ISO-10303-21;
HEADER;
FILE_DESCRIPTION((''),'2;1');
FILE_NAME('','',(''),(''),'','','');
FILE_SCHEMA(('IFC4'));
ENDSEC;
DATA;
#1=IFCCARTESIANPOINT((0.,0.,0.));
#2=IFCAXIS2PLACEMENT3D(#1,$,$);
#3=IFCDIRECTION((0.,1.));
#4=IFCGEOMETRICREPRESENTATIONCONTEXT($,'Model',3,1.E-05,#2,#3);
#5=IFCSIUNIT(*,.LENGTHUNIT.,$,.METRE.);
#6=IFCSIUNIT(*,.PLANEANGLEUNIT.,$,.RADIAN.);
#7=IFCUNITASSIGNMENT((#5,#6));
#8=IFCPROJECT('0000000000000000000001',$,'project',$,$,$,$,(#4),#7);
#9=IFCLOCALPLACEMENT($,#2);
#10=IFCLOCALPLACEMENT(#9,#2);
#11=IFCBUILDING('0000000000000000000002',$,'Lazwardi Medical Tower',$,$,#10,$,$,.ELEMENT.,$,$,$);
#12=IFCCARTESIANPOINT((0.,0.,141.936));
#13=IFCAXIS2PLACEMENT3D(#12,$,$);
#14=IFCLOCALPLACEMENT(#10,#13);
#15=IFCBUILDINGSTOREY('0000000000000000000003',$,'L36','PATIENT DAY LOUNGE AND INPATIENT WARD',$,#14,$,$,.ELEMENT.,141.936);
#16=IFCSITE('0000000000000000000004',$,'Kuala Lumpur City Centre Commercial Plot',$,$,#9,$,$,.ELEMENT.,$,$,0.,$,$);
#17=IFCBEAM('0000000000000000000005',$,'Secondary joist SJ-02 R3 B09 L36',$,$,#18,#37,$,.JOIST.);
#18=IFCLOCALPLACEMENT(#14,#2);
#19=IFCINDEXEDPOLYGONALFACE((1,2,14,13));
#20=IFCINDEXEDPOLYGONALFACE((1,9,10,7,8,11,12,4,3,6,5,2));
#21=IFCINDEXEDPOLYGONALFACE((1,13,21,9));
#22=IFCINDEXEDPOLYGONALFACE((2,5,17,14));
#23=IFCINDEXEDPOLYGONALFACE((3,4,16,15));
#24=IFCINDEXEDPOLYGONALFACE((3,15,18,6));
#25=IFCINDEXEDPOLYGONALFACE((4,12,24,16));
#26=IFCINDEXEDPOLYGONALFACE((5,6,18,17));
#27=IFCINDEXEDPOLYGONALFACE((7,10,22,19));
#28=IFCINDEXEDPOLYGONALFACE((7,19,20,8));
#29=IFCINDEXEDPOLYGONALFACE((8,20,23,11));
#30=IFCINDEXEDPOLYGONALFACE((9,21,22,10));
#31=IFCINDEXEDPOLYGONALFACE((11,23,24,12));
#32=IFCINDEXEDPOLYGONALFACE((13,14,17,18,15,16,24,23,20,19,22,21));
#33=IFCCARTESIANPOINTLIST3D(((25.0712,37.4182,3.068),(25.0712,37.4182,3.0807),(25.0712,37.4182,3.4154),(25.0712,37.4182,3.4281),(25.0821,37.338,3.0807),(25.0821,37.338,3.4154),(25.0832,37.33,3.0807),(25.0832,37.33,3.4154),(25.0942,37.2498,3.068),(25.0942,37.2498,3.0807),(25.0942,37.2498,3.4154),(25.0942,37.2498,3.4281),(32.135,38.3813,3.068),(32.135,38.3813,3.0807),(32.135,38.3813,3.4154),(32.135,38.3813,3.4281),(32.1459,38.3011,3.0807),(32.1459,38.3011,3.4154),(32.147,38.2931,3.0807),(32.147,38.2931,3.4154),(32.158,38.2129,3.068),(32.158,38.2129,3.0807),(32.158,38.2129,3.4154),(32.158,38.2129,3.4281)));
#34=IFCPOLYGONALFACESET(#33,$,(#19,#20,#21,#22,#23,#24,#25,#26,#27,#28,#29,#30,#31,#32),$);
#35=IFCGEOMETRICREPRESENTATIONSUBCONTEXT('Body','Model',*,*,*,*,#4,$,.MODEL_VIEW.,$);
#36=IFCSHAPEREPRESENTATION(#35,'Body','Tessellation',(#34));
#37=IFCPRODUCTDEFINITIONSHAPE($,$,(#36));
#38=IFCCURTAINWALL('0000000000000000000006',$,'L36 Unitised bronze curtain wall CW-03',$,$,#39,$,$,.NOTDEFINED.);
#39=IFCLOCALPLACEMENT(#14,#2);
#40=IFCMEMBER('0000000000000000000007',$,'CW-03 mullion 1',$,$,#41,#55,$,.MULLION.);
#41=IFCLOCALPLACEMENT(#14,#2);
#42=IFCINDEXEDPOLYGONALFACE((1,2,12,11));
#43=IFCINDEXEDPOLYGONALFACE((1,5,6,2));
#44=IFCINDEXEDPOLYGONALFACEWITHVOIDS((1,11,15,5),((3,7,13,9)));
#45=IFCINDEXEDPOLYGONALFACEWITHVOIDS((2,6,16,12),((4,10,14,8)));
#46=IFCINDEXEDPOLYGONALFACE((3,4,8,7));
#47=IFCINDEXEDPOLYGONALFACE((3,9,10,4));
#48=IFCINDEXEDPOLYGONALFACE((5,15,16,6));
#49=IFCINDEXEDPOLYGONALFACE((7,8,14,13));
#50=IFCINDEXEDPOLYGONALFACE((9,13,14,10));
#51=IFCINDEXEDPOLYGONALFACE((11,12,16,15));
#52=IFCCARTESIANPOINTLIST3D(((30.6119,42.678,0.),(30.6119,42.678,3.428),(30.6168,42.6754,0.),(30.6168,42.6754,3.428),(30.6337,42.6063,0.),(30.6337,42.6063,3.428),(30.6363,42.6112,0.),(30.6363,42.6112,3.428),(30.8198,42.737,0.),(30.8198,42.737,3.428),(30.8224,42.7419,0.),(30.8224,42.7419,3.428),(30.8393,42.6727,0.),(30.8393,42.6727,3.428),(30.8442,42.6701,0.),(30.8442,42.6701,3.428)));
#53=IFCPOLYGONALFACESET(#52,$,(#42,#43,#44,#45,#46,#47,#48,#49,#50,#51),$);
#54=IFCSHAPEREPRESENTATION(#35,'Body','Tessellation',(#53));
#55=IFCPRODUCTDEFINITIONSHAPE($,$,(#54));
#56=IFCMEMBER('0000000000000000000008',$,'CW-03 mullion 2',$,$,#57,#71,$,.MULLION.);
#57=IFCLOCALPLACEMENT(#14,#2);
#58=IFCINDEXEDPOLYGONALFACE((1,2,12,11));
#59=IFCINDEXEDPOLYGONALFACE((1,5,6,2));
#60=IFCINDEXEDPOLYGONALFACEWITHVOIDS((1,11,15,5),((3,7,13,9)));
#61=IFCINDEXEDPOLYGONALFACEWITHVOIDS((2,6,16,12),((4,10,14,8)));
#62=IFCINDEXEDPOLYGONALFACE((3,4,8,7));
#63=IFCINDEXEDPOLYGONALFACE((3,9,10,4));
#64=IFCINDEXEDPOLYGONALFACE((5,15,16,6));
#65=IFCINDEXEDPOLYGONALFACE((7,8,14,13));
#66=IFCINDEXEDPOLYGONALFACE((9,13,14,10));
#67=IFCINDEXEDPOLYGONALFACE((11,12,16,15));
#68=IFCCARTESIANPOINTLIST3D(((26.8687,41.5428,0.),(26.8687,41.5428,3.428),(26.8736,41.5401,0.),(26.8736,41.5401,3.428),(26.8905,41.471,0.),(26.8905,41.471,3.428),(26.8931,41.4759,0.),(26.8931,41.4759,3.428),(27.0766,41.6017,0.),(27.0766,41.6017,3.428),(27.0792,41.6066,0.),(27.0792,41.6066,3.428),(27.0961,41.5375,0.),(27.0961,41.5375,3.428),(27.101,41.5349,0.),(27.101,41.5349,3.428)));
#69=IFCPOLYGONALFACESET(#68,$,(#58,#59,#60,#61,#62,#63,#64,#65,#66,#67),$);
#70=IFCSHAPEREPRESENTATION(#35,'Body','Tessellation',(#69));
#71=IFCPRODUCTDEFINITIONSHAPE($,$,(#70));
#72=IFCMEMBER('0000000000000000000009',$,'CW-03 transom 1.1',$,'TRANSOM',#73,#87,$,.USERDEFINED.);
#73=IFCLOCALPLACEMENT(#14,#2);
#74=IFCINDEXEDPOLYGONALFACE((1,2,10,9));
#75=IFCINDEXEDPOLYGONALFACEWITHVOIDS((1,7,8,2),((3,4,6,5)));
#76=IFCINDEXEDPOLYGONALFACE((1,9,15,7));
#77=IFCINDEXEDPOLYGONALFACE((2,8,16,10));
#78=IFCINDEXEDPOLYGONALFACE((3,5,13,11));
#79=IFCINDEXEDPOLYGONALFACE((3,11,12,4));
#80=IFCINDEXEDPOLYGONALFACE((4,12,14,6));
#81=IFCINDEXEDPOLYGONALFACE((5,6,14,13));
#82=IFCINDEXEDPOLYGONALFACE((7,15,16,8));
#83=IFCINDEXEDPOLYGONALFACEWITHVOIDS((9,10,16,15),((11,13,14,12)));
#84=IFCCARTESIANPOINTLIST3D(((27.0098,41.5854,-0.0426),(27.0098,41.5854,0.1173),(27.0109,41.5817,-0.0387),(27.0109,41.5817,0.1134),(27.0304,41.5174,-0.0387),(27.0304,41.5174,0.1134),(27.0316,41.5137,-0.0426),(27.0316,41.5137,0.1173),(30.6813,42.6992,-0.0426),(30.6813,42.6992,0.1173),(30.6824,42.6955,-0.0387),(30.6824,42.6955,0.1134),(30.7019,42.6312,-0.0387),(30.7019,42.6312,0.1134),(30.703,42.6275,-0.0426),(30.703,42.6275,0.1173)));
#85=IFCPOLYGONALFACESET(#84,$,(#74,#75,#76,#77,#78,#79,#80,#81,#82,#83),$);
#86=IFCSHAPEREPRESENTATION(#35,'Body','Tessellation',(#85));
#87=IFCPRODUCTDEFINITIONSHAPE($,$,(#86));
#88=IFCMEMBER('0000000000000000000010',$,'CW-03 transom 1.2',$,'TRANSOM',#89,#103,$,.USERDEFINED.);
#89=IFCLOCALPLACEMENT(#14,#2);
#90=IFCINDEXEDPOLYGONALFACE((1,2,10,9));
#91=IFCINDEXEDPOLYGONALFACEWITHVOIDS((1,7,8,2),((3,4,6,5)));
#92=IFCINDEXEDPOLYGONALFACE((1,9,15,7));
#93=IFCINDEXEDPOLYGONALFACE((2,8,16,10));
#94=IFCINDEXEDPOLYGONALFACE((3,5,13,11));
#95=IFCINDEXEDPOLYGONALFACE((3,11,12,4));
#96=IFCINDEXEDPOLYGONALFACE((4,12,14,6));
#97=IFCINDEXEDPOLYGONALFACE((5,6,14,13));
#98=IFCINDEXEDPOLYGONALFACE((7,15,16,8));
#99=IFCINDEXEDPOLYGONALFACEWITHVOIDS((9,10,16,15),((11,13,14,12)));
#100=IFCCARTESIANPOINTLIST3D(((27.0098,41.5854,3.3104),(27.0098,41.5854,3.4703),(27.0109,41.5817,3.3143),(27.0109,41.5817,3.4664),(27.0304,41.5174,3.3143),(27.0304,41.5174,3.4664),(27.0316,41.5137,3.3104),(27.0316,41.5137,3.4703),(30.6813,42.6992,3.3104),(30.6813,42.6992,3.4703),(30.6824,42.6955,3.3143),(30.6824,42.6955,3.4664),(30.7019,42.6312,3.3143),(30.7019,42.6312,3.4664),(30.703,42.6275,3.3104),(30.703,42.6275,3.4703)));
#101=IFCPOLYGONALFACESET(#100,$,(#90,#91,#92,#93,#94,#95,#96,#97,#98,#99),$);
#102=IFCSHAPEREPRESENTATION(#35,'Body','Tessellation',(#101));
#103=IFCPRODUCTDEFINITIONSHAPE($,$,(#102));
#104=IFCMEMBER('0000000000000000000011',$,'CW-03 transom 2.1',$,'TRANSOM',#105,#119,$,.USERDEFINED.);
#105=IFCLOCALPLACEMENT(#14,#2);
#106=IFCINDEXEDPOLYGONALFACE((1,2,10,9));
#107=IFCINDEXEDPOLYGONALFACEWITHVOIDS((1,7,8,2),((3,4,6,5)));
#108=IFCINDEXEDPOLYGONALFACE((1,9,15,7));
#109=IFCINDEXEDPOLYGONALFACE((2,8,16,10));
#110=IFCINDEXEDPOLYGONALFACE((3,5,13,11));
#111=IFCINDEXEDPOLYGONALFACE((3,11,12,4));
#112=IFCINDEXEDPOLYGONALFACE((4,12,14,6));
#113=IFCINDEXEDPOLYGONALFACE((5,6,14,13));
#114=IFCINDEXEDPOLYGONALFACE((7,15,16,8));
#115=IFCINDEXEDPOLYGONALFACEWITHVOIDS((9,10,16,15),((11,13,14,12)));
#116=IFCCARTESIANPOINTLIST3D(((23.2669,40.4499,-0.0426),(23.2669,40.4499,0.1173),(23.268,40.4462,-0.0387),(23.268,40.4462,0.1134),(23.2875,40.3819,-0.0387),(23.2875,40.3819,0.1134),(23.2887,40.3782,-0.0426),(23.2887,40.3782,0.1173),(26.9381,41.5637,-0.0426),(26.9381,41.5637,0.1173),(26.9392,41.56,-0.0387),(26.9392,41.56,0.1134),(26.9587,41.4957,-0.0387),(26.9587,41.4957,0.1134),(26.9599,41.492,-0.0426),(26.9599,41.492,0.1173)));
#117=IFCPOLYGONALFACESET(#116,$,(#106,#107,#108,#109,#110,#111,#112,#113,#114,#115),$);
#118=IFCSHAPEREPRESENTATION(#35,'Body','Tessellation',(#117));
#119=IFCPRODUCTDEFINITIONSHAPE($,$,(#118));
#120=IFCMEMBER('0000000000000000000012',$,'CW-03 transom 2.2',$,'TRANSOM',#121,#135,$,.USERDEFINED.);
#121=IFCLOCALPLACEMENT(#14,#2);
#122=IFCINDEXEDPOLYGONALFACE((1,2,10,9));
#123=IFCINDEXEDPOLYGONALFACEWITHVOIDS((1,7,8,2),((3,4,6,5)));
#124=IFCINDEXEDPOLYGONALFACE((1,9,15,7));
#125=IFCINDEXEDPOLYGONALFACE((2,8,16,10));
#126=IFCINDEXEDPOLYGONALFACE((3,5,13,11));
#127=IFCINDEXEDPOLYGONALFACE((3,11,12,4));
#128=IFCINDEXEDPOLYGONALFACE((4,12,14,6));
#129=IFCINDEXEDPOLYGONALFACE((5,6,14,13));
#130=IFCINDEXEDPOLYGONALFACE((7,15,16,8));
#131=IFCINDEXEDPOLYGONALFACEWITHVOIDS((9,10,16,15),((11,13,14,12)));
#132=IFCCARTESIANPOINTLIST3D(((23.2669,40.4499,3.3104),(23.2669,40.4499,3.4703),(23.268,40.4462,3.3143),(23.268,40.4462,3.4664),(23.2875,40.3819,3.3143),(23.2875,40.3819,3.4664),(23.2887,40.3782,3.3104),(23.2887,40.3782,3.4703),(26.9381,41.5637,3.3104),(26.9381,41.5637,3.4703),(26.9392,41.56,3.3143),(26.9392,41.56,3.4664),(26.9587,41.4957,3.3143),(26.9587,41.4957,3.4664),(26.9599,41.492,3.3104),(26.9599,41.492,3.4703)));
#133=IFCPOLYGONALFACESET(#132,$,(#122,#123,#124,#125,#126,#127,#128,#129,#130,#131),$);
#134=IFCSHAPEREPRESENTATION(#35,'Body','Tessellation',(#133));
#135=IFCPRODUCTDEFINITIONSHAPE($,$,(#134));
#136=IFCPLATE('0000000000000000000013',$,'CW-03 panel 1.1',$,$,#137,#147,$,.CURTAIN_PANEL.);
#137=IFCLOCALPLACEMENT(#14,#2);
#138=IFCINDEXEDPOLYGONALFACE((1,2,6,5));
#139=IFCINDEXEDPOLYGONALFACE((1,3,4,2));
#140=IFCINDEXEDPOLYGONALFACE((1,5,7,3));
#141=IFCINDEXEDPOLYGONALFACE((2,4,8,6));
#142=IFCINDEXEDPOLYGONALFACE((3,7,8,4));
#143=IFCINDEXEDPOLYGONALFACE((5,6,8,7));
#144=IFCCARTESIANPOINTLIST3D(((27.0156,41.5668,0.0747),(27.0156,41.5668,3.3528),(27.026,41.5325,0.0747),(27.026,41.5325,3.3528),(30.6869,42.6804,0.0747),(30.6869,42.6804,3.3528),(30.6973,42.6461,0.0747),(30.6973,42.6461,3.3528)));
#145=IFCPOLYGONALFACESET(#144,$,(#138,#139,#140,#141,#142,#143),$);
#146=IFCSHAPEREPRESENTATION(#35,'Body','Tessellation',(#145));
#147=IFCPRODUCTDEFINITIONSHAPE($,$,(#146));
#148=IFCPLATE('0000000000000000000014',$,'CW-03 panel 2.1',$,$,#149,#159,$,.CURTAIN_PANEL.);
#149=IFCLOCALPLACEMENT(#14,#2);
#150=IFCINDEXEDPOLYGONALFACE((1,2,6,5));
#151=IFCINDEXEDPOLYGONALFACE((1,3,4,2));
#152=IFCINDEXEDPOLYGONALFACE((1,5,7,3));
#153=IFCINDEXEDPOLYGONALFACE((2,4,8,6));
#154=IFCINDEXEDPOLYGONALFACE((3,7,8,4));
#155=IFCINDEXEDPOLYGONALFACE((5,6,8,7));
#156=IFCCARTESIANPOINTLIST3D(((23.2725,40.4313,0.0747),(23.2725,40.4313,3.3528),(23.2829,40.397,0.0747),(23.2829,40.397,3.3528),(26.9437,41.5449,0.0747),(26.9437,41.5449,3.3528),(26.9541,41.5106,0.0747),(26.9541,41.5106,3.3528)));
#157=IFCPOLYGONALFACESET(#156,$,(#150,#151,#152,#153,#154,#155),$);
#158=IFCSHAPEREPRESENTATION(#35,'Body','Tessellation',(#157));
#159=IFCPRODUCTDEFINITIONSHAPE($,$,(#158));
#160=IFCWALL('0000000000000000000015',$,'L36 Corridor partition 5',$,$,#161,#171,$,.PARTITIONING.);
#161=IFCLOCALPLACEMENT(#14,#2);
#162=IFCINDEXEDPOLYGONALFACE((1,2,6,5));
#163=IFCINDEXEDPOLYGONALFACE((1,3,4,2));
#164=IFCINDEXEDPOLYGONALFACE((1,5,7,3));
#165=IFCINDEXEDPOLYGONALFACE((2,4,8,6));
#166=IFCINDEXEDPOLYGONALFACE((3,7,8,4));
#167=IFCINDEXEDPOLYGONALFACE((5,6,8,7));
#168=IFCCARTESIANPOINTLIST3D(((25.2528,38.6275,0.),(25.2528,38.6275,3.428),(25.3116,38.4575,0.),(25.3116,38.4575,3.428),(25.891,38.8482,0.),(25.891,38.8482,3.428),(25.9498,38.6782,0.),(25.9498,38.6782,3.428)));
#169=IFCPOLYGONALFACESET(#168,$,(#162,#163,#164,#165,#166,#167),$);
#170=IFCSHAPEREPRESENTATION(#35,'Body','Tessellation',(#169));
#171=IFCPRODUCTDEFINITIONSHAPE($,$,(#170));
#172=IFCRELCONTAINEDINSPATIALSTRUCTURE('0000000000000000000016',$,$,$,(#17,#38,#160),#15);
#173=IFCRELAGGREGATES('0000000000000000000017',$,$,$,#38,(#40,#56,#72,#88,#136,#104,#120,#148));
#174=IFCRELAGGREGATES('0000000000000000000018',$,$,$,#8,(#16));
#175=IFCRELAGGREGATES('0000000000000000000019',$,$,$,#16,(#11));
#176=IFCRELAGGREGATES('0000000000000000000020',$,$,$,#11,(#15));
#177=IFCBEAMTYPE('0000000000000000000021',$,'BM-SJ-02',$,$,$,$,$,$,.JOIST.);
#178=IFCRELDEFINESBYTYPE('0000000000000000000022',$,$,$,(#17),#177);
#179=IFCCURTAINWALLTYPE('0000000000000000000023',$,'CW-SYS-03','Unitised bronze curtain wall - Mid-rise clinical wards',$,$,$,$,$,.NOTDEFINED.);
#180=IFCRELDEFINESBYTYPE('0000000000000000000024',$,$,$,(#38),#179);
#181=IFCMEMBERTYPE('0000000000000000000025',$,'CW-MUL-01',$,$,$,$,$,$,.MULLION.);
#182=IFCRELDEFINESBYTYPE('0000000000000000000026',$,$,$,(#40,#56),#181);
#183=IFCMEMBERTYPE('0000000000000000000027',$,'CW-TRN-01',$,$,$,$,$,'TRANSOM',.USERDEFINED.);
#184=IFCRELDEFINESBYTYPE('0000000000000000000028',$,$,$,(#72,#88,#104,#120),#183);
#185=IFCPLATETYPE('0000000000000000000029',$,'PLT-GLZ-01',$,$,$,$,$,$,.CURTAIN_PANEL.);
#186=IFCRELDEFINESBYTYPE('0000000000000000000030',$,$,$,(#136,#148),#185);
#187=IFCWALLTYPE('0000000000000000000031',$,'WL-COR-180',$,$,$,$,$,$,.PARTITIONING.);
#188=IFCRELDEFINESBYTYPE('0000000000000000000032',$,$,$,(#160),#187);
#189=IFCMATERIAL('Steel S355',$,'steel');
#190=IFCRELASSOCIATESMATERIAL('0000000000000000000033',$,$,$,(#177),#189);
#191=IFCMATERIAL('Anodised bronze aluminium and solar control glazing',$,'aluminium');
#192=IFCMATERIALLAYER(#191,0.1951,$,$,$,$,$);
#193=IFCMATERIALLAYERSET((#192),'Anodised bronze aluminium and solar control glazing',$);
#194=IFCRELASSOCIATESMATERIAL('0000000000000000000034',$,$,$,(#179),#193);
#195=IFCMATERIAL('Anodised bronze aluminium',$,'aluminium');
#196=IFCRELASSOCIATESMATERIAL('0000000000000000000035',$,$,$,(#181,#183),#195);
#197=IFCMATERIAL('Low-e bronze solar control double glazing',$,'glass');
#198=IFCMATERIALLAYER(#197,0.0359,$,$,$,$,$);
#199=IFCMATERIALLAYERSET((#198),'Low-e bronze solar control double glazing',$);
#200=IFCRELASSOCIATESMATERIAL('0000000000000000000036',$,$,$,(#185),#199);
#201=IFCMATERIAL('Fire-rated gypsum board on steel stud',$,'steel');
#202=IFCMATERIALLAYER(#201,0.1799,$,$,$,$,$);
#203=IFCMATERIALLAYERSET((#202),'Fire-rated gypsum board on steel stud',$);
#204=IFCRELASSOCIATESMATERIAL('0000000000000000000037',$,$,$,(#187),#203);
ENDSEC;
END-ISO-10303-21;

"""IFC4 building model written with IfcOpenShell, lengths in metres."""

from ifc_helpers import new_model, si_unit, direction, frame, frame_2d, origin, origin_2d, place, context, subcontext, project, spatial, rectangle, hollow_rectangle, i_section, extrude, material, layer, layer_set, material_profile, profile_set, type_object, element, aggregate, save


model = new_model("IFC4")

# Units and contexts
model_context = context("Model", 3, precision=1e-05, world=origin(), true_north=direction((0.0, 1.0)))
body_context = subcontext(model_context, "Body", "Model", "MODEL_VIEW")
ifc_project = project(units=[si_unit("LENGTHUNIT", "METRE"), si_unit("PLANEANGLEUNIT", "RADIAN")], contexts=[model_context])

# Site, building, storey
site_placement = place(None, origin())
site = spatial("IfcSite", under=ifc_project, at=site_placement, Name="Kuala Lumpur City Centre Commercial Plot", CompositionType="ELEMENT", RefElevation=0.0)
building_placement = place(site_placement, origin())
building = spatial("IfcBuilding", under=site, at=building_placement, Name="Lazwardi Medical Tower", CompositionType="ELEMENT")
storey_placement = place(building_placement, frame((0.0, 0.0, 141.936)))
storey = spatial("IfcBuildingStorey", under=building, at=storey_placement, Name="L36", Description="PATIENT DAY LOUNGE AND INPATIENT WARD", CompositionType="ELEMENT", Elevation=141.936)

# Beam
ifc_material_1 = material(Name="Steel S355", Category="steel")
ifc_material_profile_1 = material_profile(ifc_material_1, i_section(OverallWidth=0.1699, OverallDepth=0.3601, WebThickness=0.0081, FlangeThickness=0.0127, at=origin_2d()), Name="IPE 360")
ifc_profile_set_1 = profile_set([ifc_material_profile_1], Name="Steel S355")
beam_type_1 = type_object("IfcBeamType", Name="BM-SJ-02", PredefinedType="JOIST", material=ifc_profile_set_1)
beam_1_placement = place(storey_placement, frame((32.1465, 38.2971, 3.248), z_axis=(-0.990832, -0.135099, 0.0), x_axis=(0.135099, -0.990832, 0.0)))
element("IfcBeam", 1, at=beam_1_placement, inside=storey, type_object=beam_type_1, Name="Secondary joist SJ-02 R3 B09 L36", PredefinedType="JOIST", context=body_context, shape_type="SweptSolid", body=[
    extrude(i_section(OverallWidth=0.1699, OverallDepth=0.3601, WebThickness=0.0081, FlangeThickness=0.0127, at=origin_2d()), origin(), (0.0, 0.0, 1.0), 7.1292),
])

# Curtain wall, members, plates
ifc_material_2 = material(Name="Anodised bronze aluminium and solar control glazing", Category="aluminium")
ifc_layer_1 = layer(ifc_material_2, 0.1951)
ifc_layer_set_1 = layer_set([ifc_layer_1], Name="Anodised bronze aluminium and solar control glazing")
curtain_wall_type = type_object("IfcCurtainWallType", Name="CW-SYS-03", Description="Unitised bronze curtain wall - Mid-rise clinical wards", PredefinedType="NOTDEFINED", material=ifc_layer_set_1)
curtain_wall_placement = place(storey_placement, origin())
curtain_wall = element("IfcCurtainWall", 2, at=curtain_wall_placement, inside=storey, type_object=curtain_wall_type, Name="L36 Unitised bronze curtain wall CW-03", PredefinedType="NOTDEFINED")
ifc_material_3 = material(Name="Anodised bronze aluminium", Category="aluminium")
ifc_material_profile_2 = material_profile(ifc_material_3, hollow_rectangle(XDim=0.075, YDim=0.22, WallThickness=0.0039, at=origin_2d()), Name="ALU-MULLION 220x75x4")
ifc_profile_set_2 = profile_set([ifc_material_profile_2], Name="Anodised bronze aluminium")
member_type_1 = type_object("IfcMemberType", Name="CW-MUL-01", PredefinedType="MULLION", material=ifc_profile_set_2)
member_1_placement = place(storey_placement, frame((30.728, 42.6741, 0.0), z_axis=(0.0, 0.0, 1.0), x_axis=(0.290281, -0.956942, 0.0)))
member_1 = element("IfcMember", 3, at=member_1_placement, type_object=member_type_1, Name="CW-03 mullion 1", PredefinedType="MULLION", context=body_context, shape_type="SweptSolid", body=[
    extrude(hollow_rectangle(XDim=0.075, YDim=0.22, WallThickness=0.0039, at=origin_2d()), origin(), (0.0, 0.0, 1.0), 3.428),
])
member_2_placement = place(storey_placement, frame((26.9849, 41.5388, 0.0), z_axis=(0.0, 0.0, 1.0), x_axis=(0.290281, -0.956942, 0.0)))
member_2 = element("IfcMember", 4, at=member_2_placement, type_object=member_type_1, Name="CW-03 mullion 2", PredefinedType="MULLION", context=body_context, shape_type="SweptSolid", body=[
    extrude(hollow_rectangle(XDim=0.075, YDim=0.22, WallThickness=0.0039, at=origin_2d()), origin(), (0.0, 0.0, 1.0), 3.428),
])
ifc_material_profile_3 = material_profile(ifc_material_3, hollow_rectangle(XDim=0.075, YDim=0.1599, WallThickness=0.0039, at=origin_2d()), Name="ALU-TRANSOM 160x75x4")
ifc_profile_set_3 = profile_set([ifc_material_profile_3], Name="Anodised bronze aluminium")
member_type_2 = type_object("IfcMemberType", Name="CW-TRN-01", ElementType="TRANSOM", PredefinedType="USERDEFINED", material=ifc_profile_set_3)
member_3_placement = place(storey_placement, frame((30.6921, 42.6633, 0.0374), z_axis=(-0.956936, -0.290301, 0.0), x_axis=(0.290301, -0.956936, 0.0)))
member_3 = element("IfcMember", 5, at=member_3_placement, type_object=member_type_2, Name="CW-03 transom 1.1", ObjectType="TRANSOM", PredefinedType="USERDEFINED", context=body_context, shape_type="SweptSolid", body=[
    extrude(hollow_rectangle(XDim=0.075, YDim=0.1599, WallThickness=0.0039, at=origin_2d()), origin(), (0.0, 0.0, 1.0), 3.8367),
])
member_4_placement = place(storey_placement, frame((30.6921, 42.6633, 3.3904), z_axis=(-0.956936, -0.290301, 0.0), x_axis=(0.290301, -0.956936, 0.0)))
member_4 = element("IfcMember", 6, at=member_4_placement, type_object=member_type_2, Name="CW-03 transom 1.2", ObjectType="TRANSOM", PredefinedType="USERDEFINED", context=body_context, shape_type="SweptSolid", body=[
    extrude(hollow_rectangle(XDim=0.075, YDim=0.1599, WallThickness=0.0039, at=origin_2d()), origin(), (0.0, 0.0, 1.0), 3.8367),
])
member_5_placement = place(storey_placement, frame((26.949, 41.5278, 0.0374), z_axis=(-0.95693, -0.290318, 0.0), x_axis=(0.290318, -0.95693, 0.0)))
member_5 = element("IfcMember", 7, at=member_5_placement, type_object=member_type_2, Name="CW-03 transom 2.1", ObjectType="TRANSOM", PredefinedType="USERDEFINED", context=body_context, shape_type="SweptSolid", body=[
    extrude(hollow_rectangle(XDim=0.075, YDim=0.1599, WallThickness=0.0039, at=origin_2d()), origin(), (0.0, 0.0, 1.0), 3.8364),
])
member_6_placement = place(storey_placement, frame((26.949, 41.5278, 3.3904), z_axis=(-0.95693, -0.290318, 0.0), x_axis=(0.290318, -0.95693, 0.0)))
member_6 = element("IfcMember", 8, at=member_6_placement, type_object=member_type_2, Name="CW-03 transom 2.2", ObjectType="TRANSOM", PredefinedType="USERDEFINED", context=body_context, shape_type="SweptSolid", body=[
    extrude(hollow_rectangle(XDim=0.075, YDim=0.1599, WallThickness=0.0039, at=origin_2d()), origin(), (0.0, 0.0, 1.0), 3.8364),
])
ifc_material_4 = material(Name="Low-e bronze solar control double glazing", Category="glass")
ifc_layer_2 = layer(ifc_material_4, 0.0359)
ifc_layer_set_2 = layer_set([ifc_layer_2], Name="Low-e bronze solar control double glazing")
plate_type = type_object("IfcPlateType", Name="PLT-GLZ-01", PredefinedType="CURTAIN_PANEL", material=ifc_layer_set_2)
plate_1_placement = place(storey_placement, frame((28.8564, 42.1064, 0.0747), z_axis=(0.0, 0.0, 1.0), x_axis=(-0.956942, -0.290281, 0.0)))
plate_1 = element("IfcPlate", 9, at=plate_1_placement, type_object=plate_type, Name="CW-03 panel 1.1", PredefinedType="CURTAIN_PANEL", context=body_context, shape_type="SweptSolid", body=[
    extrude(rectangle(XDim=3.8364, YDim=0.0359, at=origin_2d()), origin(), (0.0, 0.0, 1.0), 3.2781),
])
plate_2_placement = place(storey_placement, frame((25.1133, 40.9709, 0.0747), z_axis=(0.0, 0.0, 1.0), x_axis=(-0.956942, -0.290281, 0.0)))
plate_2 = element("IfcPlate", 10, at=plate_2_placement, type_object=plate_type, Name="CW-03 panel 2.1", PredefinedType="CURTAIN_PANEL", context=body_context, shape_type="SweptSolid", body=[
    extrude(rectangle(XDim=3.8364, YDim=0.0359, at=origin_2d()), origin(), (0.0, 0.0, 1.0), 3.2781),
])
aggregate(curtain_wall, [member_1, member_2, member_3, member_4, plate_1, member_5, member_6, plate_2])

# Wall
ifc_material_5 = material(Name="Fire-rated gypsum board on steel stud", Category="steel")
ifc_layer_3 = layer(ifc_material_5, 0.1799)
ifc_layer_set_3 = layer_set([ifc_layer_3], Name="Fire-rated gypsum board on steel stud")
wall_type_1 = type_object("IfcWallType", Name="WL-COR-180", PredefinedType="PARTITIONING", material=ifc_layer_set_3)
wall_1_placement = place(storey_placement, frame((25.2822, 38.5425, 0.0), z_axis=(0.0, 0.0, 1.0), x_axis=(0.945081, 0.326837, 0.0)))
element("IfcWall", 11, at=wall_1_placement, inside=storey, type_object=wall_type_1, Name="L36 Corridor partition 5", PredefinedType="PARTITIONING", context=body_context, shape_type="SweptSolid", body=[
    extrude(rectangle(XDim=0.6753, YDim=0.1799, at=frame_2d((0.3376, 0.0))), origin(), (0.0, 0.0, 1.0), 3.428),
])

save(model, "model.ifc")
